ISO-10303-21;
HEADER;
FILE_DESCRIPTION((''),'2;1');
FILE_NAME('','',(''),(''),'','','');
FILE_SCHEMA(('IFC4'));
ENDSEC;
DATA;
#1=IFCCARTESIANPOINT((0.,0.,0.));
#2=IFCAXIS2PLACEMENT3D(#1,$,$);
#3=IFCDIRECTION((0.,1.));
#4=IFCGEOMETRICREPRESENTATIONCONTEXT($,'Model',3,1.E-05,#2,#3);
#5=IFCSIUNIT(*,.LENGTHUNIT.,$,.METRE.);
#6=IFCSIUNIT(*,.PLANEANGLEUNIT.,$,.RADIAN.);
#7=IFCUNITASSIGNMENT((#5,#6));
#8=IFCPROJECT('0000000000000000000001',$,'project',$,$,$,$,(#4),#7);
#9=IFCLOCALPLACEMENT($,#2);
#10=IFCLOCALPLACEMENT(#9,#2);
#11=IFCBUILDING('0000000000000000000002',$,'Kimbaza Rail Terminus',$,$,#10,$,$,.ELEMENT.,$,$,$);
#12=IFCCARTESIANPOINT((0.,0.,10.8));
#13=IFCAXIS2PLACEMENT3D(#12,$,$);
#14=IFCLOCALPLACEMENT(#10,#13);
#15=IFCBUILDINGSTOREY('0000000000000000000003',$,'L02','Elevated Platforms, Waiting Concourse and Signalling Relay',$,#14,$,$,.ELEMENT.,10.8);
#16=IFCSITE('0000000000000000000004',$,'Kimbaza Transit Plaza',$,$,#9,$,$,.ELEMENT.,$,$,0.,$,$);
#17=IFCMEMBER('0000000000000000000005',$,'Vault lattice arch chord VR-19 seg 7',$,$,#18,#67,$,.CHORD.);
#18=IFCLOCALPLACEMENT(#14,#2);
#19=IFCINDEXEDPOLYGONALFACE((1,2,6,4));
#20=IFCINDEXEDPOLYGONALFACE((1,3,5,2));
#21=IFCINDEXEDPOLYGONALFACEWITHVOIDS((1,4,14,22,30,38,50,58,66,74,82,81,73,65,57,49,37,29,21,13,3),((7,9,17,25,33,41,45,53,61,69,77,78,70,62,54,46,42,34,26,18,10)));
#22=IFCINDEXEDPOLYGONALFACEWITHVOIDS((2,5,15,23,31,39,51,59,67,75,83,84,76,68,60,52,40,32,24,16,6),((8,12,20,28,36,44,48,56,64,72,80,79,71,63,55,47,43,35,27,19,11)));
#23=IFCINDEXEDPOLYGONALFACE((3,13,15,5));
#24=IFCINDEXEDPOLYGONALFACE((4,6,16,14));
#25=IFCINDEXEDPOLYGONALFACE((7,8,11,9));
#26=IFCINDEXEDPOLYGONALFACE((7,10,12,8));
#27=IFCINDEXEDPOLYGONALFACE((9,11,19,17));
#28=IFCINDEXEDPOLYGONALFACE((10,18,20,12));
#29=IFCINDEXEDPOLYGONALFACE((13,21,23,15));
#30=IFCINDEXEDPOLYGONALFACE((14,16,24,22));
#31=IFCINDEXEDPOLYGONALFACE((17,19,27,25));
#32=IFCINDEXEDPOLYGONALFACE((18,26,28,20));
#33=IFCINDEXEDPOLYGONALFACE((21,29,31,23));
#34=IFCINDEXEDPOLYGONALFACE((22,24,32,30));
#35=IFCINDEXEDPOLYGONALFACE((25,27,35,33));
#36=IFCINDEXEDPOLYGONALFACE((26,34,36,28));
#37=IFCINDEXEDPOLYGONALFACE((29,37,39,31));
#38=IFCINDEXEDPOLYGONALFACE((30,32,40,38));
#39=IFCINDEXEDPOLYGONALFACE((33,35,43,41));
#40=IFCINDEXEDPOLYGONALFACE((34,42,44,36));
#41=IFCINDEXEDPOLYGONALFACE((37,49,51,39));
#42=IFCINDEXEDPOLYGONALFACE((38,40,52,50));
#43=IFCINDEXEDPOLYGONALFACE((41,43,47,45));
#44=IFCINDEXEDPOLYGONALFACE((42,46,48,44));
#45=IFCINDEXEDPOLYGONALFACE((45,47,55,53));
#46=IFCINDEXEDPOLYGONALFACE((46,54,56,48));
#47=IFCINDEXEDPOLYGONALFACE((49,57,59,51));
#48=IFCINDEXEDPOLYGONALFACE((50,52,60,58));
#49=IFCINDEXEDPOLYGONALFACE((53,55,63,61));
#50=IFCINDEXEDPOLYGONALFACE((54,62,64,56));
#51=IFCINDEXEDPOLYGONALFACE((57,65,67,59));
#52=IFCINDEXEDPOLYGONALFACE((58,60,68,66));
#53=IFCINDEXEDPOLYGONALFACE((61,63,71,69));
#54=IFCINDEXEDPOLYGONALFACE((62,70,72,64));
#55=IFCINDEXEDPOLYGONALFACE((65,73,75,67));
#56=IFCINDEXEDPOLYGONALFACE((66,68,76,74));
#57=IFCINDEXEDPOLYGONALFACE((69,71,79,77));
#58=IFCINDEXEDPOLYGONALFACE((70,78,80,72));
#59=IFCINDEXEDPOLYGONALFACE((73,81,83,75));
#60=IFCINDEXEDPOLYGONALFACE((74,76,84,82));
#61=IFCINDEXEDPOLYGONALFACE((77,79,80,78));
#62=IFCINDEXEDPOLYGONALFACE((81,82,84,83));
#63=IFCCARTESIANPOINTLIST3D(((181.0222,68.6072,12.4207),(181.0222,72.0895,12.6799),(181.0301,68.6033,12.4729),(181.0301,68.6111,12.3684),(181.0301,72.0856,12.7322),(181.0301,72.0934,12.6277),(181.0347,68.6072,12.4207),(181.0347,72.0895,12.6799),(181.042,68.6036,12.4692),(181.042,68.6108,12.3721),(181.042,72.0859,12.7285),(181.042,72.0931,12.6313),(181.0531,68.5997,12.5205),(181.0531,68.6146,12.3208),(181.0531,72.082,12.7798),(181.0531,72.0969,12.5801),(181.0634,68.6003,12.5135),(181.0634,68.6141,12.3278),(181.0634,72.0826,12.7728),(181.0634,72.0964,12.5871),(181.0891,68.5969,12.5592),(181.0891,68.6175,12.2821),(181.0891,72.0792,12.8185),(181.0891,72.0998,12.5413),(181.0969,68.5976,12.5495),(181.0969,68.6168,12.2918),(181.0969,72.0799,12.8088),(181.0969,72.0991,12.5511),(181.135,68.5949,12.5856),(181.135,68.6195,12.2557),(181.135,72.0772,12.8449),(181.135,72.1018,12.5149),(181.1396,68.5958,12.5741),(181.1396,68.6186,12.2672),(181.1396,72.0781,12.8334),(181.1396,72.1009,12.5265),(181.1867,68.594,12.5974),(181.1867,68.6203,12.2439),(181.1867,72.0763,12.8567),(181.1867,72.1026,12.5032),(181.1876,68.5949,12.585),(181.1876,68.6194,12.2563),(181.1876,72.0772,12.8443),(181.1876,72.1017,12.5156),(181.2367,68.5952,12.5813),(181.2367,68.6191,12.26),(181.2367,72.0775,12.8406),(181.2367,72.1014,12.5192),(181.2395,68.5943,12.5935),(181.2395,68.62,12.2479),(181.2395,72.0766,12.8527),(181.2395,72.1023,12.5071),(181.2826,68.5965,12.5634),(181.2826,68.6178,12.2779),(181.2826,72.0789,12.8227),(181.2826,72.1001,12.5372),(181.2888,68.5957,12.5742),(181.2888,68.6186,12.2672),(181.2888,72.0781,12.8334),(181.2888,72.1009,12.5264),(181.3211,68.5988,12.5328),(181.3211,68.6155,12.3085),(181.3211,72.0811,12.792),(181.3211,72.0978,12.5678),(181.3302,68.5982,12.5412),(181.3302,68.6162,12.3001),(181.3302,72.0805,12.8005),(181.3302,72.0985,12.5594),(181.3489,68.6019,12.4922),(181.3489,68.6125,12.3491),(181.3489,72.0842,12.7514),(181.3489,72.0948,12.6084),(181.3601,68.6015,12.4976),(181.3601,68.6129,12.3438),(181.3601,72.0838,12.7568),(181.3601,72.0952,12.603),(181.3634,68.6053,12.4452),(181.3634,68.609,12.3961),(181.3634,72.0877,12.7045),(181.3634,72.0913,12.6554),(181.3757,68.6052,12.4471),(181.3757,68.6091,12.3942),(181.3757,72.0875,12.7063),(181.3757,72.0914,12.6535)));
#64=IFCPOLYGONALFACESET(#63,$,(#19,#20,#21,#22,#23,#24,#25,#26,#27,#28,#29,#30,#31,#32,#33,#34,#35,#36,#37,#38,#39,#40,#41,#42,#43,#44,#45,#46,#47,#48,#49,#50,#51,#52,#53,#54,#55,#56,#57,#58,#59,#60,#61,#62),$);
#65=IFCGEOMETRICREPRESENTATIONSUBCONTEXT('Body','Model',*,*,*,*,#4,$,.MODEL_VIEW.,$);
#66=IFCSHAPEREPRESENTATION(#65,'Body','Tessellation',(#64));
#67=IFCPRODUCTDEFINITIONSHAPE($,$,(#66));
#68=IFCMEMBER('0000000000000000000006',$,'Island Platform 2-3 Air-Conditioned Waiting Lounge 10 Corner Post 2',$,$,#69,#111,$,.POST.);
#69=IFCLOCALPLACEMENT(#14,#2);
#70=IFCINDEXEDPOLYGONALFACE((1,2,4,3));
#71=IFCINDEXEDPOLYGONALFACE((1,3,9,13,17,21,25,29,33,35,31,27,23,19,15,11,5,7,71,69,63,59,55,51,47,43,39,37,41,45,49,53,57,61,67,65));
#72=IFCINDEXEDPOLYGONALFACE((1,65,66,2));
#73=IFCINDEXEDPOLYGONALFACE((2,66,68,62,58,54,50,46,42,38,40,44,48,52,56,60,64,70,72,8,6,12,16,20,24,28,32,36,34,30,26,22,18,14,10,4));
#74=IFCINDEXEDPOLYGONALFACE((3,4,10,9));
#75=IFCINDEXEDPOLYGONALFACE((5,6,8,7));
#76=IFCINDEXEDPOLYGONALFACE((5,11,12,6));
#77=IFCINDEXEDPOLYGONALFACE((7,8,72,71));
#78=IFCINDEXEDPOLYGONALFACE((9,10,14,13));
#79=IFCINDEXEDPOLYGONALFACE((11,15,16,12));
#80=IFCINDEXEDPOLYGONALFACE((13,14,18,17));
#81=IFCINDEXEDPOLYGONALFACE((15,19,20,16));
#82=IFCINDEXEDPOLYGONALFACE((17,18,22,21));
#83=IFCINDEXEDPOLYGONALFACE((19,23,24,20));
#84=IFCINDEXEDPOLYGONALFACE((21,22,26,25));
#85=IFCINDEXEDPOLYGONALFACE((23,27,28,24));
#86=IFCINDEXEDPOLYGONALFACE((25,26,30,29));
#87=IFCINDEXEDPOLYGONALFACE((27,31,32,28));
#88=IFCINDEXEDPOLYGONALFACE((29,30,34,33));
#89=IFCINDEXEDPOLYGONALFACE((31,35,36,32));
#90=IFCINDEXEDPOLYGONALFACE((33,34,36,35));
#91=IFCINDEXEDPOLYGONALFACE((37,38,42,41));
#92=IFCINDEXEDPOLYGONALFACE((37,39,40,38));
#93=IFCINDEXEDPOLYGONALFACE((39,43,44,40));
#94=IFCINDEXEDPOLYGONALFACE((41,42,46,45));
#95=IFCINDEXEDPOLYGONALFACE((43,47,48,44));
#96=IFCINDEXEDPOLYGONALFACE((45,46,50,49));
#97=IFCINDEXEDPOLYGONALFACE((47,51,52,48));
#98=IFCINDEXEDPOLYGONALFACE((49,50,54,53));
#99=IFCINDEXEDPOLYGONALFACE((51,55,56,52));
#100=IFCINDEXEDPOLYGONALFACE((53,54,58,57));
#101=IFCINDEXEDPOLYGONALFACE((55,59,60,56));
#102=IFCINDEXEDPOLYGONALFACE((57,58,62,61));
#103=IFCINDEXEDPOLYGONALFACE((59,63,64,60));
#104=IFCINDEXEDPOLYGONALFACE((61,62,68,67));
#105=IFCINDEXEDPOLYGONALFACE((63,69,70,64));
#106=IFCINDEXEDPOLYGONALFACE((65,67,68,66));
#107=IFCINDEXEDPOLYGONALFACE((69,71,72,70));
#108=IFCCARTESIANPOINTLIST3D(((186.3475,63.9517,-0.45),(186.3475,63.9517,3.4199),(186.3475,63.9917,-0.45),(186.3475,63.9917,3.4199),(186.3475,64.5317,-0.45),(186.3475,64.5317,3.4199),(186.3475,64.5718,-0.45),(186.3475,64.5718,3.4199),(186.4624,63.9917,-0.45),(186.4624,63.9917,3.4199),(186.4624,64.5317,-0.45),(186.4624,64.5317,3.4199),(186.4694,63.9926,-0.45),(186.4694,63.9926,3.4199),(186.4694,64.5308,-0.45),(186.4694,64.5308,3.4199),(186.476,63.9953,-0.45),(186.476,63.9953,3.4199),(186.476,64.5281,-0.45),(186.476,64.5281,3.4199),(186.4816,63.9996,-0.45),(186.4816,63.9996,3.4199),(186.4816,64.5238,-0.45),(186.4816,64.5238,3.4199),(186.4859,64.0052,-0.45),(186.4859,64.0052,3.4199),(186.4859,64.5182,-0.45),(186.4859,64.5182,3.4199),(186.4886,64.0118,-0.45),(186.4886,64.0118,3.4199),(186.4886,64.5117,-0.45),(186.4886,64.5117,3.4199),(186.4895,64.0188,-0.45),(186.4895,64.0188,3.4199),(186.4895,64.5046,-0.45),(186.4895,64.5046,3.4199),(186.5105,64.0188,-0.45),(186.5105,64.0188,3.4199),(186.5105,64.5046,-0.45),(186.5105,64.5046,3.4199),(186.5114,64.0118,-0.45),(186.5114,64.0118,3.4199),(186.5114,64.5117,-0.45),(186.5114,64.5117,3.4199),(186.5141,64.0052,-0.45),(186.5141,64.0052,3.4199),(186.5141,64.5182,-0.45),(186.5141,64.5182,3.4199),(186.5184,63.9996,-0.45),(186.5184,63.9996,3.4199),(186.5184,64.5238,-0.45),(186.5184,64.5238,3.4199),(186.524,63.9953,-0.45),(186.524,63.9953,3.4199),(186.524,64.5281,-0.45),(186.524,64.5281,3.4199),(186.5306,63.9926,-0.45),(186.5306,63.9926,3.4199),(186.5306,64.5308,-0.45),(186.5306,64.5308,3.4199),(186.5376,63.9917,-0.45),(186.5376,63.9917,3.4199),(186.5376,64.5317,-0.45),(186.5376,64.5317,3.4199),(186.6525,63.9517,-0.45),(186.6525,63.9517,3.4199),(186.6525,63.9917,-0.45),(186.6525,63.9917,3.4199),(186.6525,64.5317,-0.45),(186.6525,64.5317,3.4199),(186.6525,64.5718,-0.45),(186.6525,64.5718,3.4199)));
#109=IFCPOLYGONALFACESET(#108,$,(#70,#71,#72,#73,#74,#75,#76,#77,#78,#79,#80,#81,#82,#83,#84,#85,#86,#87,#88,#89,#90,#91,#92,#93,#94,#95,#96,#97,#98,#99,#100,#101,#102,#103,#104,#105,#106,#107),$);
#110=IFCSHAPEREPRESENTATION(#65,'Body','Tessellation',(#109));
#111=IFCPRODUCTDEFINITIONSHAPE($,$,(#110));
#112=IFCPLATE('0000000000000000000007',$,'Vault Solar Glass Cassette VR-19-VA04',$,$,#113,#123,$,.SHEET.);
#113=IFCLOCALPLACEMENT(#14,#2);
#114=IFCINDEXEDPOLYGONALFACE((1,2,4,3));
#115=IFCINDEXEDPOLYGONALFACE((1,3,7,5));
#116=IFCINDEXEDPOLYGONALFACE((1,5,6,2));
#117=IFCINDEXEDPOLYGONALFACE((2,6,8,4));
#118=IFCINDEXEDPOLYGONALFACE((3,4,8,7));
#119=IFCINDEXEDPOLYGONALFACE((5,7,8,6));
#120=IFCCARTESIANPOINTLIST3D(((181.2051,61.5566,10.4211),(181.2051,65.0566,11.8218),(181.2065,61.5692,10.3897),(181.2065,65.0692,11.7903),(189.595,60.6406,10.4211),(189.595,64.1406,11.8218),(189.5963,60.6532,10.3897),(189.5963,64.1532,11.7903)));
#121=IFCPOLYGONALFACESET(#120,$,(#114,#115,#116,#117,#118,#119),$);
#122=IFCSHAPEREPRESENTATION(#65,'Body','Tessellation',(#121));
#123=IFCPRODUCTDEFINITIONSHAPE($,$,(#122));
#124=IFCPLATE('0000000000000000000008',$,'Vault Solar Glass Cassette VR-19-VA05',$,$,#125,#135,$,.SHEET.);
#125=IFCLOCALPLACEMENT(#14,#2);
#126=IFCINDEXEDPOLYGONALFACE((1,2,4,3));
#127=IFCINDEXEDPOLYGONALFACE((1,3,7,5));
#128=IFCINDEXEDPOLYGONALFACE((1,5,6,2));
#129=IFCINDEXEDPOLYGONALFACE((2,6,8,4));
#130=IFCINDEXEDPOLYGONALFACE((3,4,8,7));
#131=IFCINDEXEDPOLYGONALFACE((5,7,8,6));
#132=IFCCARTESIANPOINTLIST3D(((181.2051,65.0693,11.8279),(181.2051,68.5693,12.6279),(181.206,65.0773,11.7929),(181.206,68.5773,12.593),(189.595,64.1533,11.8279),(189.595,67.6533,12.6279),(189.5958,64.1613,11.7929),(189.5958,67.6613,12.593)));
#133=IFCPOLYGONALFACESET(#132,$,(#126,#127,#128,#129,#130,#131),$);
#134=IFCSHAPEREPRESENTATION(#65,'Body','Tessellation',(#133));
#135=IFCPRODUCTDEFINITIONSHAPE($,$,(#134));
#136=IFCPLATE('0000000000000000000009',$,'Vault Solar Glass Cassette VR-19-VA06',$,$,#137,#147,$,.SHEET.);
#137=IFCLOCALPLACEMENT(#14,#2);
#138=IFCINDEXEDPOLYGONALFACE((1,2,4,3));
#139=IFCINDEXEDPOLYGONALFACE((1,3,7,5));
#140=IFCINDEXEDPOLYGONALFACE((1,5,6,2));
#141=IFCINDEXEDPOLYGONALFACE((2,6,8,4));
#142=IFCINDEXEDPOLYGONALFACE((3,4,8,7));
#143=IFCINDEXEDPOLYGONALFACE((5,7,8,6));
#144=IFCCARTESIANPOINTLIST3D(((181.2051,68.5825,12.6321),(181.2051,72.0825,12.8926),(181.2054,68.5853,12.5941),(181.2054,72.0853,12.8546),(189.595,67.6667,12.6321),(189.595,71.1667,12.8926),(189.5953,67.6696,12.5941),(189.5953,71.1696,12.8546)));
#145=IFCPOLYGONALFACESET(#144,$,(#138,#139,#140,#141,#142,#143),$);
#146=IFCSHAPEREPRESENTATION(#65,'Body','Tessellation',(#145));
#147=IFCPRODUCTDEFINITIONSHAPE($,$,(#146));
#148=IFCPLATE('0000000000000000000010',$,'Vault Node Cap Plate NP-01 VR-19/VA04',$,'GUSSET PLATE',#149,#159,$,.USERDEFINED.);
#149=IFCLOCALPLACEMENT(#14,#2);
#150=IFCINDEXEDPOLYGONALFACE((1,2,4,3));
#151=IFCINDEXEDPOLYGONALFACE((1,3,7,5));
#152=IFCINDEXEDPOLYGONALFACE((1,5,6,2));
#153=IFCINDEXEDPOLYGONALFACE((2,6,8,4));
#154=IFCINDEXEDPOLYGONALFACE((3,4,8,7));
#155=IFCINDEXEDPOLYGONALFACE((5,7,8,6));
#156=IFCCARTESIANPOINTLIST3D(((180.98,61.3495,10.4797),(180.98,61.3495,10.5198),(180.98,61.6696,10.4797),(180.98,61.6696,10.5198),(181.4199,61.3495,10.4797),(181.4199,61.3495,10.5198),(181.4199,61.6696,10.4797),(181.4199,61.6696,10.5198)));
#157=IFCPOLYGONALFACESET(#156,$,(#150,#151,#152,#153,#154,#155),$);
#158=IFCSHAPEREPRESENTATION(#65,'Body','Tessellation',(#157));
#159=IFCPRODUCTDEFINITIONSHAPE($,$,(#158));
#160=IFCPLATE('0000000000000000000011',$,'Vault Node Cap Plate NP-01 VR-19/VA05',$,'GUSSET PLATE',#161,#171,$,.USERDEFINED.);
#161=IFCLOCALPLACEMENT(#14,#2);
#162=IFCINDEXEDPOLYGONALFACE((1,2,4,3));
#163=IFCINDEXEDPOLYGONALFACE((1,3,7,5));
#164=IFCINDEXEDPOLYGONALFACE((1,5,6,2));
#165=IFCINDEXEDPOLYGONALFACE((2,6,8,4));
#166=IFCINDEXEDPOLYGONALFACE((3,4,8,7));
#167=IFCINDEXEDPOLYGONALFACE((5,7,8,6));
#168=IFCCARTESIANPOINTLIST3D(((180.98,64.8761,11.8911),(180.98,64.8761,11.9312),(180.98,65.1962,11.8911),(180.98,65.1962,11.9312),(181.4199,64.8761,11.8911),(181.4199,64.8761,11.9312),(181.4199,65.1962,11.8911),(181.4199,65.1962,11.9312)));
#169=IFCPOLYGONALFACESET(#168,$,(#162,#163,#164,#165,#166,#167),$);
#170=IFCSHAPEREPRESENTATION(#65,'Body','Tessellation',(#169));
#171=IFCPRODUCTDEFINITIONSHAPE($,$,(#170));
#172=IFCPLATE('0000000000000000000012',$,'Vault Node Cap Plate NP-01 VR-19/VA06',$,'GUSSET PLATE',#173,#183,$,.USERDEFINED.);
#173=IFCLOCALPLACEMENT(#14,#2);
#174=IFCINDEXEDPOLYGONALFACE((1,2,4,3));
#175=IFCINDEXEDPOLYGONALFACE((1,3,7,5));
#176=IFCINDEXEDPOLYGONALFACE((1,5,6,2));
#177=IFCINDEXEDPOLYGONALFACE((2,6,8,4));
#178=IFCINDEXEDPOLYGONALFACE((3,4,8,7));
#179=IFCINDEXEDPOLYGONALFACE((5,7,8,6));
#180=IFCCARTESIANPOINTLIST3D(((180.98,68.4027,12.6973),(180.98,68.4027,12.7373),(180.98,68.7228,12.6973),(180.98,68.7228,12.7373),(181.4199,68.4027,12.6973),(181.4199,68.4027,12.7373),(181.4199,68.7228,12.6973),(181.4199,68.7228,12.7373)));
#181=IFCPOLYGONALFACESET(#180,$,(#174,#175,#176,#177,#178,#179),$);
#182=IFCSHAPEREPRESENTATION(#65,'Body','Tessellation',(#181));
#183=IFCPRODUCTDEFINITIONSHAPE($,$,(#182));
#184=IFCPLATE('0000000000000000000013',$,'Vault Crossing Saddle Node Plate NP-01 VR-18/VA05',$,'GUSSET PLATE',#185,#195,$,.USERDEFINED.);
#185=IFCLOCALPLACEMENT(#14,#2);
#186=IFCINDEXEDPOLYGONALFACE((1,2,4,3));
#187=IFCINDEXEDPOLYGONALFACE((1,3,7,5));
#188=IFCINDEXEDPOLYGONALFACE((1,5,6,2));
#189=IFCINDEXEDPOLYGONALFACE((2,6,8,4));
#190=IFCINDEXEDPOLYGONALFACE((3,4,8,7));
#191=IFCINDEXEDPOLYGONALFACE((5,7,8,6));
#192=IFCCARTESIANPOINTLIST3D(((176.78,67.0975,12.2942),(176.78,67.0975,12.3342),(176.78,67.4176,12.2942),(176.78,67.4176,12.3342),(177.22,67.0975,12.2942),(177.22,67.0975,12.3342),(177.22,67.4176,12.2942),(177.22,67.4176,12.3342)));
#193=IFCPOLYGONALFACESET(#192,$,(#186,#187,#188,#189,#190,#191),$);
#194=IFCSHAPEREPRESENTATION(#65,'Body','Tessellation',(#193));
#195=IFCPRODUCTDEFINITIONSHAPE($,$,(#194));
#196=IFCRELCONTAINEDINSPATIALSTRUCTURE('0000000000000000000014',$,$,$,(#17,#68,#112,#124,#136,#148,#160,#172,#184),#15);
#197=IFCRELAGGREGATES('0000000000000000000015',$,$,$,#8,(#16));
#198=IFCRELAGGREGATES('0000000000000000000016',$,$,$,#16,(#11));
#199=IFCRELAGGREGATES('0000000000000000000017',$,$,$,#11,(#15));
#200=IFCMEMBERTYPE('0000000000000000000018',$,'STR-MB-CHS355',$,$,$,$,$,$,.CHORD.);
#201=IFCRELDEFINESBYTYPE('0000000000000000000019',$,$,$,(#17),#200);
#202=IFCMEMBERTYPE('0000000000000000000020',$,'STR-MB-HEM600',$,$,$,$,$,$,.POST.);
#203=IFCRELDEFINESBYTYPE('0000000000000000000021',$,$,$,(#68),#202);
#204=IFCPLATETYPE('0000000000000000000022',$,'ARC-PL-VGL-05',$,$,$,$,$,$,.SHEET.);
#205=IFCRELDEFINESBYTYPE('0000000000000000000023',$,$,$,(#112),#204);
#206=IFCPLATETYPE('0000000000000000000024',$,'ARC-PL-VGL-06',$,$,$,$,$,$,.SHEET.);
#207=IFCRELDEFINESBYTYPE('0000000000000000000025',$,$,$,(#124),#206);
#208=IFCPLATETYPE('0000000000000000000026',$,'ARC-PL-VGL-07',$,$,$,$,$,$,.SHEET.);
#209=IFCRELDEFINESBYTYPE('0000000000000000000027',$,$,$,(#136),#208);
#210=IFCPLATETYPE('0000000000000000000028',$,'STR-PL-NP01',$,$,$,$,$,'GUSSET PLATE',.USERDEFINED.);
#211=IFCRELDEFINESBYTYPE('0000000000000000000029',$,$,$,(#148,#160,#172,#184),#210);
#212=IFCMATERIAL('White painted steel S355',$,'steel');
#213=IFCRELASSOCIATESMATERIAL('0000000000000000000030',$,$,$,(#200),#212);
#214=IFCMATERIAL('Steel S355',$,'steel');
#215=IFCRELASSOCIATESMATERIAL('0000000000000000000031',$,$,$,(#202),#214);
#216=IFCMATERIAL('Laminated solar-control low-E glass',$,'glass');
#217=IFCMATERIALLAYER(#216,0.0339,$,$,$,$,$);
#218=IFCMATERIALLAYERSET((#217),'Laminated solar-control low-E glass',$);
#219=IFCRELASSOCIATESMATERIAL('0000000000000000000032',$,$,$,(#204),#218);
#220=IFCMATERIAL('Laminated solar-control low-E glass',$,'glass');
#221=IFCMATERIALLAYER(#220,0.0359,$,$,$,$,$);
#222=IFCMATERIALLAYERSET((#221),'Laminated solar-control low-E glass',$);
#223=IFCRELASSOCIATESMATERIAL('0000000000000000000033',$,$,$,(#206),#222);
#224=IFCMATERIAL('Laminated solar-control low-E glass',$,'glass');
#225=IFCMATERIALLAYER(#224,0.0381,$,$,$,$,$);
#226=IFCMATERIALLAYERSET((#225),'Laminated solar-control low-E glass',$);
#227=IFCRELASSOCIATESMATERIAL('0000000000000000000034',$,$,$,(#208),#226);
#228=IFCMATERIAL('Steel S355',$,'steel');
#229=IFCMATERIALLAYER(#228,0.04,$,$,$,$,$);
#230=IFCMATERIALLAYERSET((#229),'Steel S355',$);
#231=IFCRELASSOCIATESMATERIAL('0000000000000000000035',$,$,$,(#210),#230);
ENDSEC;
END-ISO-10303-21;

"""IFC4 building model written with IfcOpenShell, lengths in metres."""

from ifc_helpers import new_model, si_unit, direction, frame, origin, origin_2d, place, context, subcontext, project, spatial, polyline, rectangle, hollow_circle, i_section, outline, extrude, material, layer, layer_set, material_profile, profile_set, type_object, element, save


model = new_model("IFC4")

# Units and contexts
model_context = context("Model", 3, precision=1e-05, world=origin(), true_north=direction((0.0, 1.0)))
body_context = subcontext(model_context, "Body", "Model", "MODEL_VIEW")
ifc_project = project(units=[si_unit("LENGTHUNIT", "METRE"), si_unit("PLANEANGLEUNIT", "RADIAN")], contexts=[model_context])

# Site, building, storey
site_placement = place(None, origin())
site = spatial("IfcSite", under=ifc_project, at=site_placement, Name="Kimbaza Transit Plaza", CompositionType="ELEMENT", RefElevation=0.0)
building_placement = place(site_placement, origin())
building = spatial("IfcBuilding", under=site, at=building_placement, Name="Kimbaza Rail Terminus", CompositionType="ELEMENT")
storey_placement = place(building_placement, frame((0.0, 0.0, 10.8)))
storey = spatial("IfcBuildingStorey", under=building, at=storey_placement, Name="L02", Description="Elevated Platforms, Waiting Concourse and Signalling Relay", CompositionType="ELEMENT", Elevation=10.8)

# Members
ifc_material_1 = material(Name="White painted steel S355", Category="steel")
ifc_material_profile_1 = material_profile(ifc_material_1, hollow_circle(Radius=0.1777, WallThickness=0.0125, at=origin_2d()), Name="CHS 355.6x12.5")
ifc_profile_set_1 = profile_set([ifc_material_profile_1], Name="White painted steel S355")
member_type_1 = type_object("IfcMemberType", Name="STR-MB-CHS355", PredefinedType="CHORD", material=ifc_profile_set_1)
member_1_placement = place(storey_placement, frame((181.2, 68.6072, 12.4207), z_axis=(0.0, 0.99724, 0.074248), x_axis=(-1.0, 0.0, 0.0)))
element("IfcMember", 1, at=member_1_placement, inside=storey, type_object=member_type_1, Name="Vault lattice arch chord VR-19 seg 7", PredefinedType="CHORD", context=body_context, shape_type="SweptSolid", body=[
    extrude(hollow_circle(Radius=0.1777, WallThickness=0.0125, at=origin_2d()), origin(), (0.0, 0.0, 1.0), 3.4919),
])
ifc_material_2 = material(Name="Steel S355", Category="steel")
ifc_material_profile_2 = material_profile(ifc_material_2, i_section(OverallWidth=0.3049, OverallDepth=0.6201, WebThickness=0.021, FlangeThickness=0.04, FilletRadius=0.0271, at=origin_2d()), Name="HEM 600")
ifc_profile_set_2 = profile_set([ifc_material_profile_2], Name="Steel S355")
member_type_2 = type_object("IfcMemberType", Name="STR-MB-HEM600", PredefinedType="POST", material=ifc_profile_set_2)
member_2_placement = place(storey_placement, frame((186.5, 64.2617, -0.45), z_axis=(0.0, 0.0, 1.0), x_axis=(1.0, 0.0, 0.0)))
element("IfcMember", 2, at=member_2_placement, inside=storey, type_object=member_type_2, Name="Island Platform 2-3 Air-Conditioned Waiting Lounge 10 Corner Post 2", PredefinedType="POST", context=body_context, shape_type="SweptSolid", body=[
    extrude(i_section(OverallWidth=0.3049, OverallDepth=0.6201, WebThickness=0.021, FlangeThickness=0.04, FilletRadius=0.0271, at=origin_2d()), origin(), (0.0, 0.0, 1.0), 3.8699),
])

# Plates
ifc_material_3 = material(Name="Laminated solar-control low-E glass", Category="glass")
ifc_layer_1 = layer(ifc_material_3, 0.0339)
ifc_layer_set_1 = layer_set([ifc_layer_1], Name="Laminated solar-control low-E glass")
plate_type_1 = type_object("IfcPlateType", Name="ARC-PL-VGL-05", PredefinedType="SHEET", material=ifc_layer_set_1)
plate_1_placement = place(storey_placement, frame((181.2051, 61.5566, 10.4211), z_axis=(-0.040531, -0.371231, 0.927656), x_axis=(0.994093, -0.108536, 0.0)))
element("IfcPlate", 3, at=plate_1_placement, inside=storey, type_object=plate_type_1, Name="Vault Solar Glass Cassette VR-19-VA04", PredefinedType="SHEET", context=body_context, shape_type="SweptSolid", body=[
    extrude(outline(polyline([(0.0, 0.0), (8.4398, 0.0), (8.0599, 3.7507), (-0.3799, 3.7507), (0.0, 0.0)])), origin(), (0.0, 0.0, -1.0), 0.0339),
])
ifc_material_4 = material(Name="Laminated solar-control low-E glass", Category="glass")
ifc_layer_2 = layer(ifc_material_4, 0.0359)
ifc_layer_set_2 = layer_set([ifc_layer_2], Name="Laminated solar-control low-E glass")
plate_type_2 = type_object("IfcPlateType", Name="ARC-PL-VGL-06", PredefinedType="SHEET", material=ifc_layer_set_2)
plate_2_placement = place(storey_placement, frame((181.2051, 65.0693, 11.8279), z_axis=(-0.024322, -0.222772, 0.974567), x_axis=(0.994093, -0.108536, 0.0)))
element("IfcPlate", 4, at=plate_2_placement, inside=storey, type_object=plate_type_2, Name="Vault Solar Glass Cassette VR-19-VA05", PredefinedType="SHEET", context=body_context, shape_type="SweptSolid", body=[
    extrude(outline(polyline([(0.0, 0.0), (8.4398, 0.0), (8.0599, 3.5701), (-0.3799, 3.5701), (0.0, 0.0)])), origin(), (0.0, 0.0, -1.0), 0.0359),
])
ifc_material_5 = material(Name="Laminated solar-control low-E glass", Category="glass")
ifc_layer_3 = layer(ifc_material_5, 0.0381)
ifc_layer_set_3 = layer_set([ifc_layer_3], Name="Laminated solar-control low-E glass")
plate_type_3 = type_object("IfcPlateType", Name="ARC-PL-VGL-07", PredefinedType="SHEET", material=ifc_layer_set_3)
plate_3_placement = place(storey_placement, frame((181.2051, 68.5825, 12.6321), z_axis=(-0.008101, -0.07422, 0.997209), x_axis=(0.994096, -0.108507, 0.0)))
element("IfcPlate", 5, at=plate_3_placement, inside=storey, type_object=plate_type_3, Name="Vault Solar Glass Cassette VR-19-VA06", PredefinedType="SHEET", context=body_context, shape_type="SweptSolid", body=[
    extrude(outline(polyline([(0.0, 0.0), (8.4397, 0.0), (8.0599, 3.4891), (-0.3798, 3.4891), (0.0, 0.0)])), origin(), (0.0, 0.0, -1.0), 0.0381),
])
ifc_material_6 = material(Name="Steel S355", Category="steel")
ifc_layer_4 = layer(ifc_material_6, 0.04)
ifc_layer_set_4 = layer_set([ifc_layer_4], Name="Steel S355")
plate_type_4 = type_object("IfcPlateType", Name="STR-PL-NP01", ElementType="GUSSET PLATE", PredefinedType="USERDEFINED", material=ifc_layer_set_4)
for number, where, z_axis, x_axis, name in (
    (6, (181.2, 61.5095, 10.4797), (0.0, 0.0, 1.0), (1.0, 0.0, 0.0), "Vault Node Cap Plate NP-01 VR-19/VA04"),
    (7, (181.2, 65.0361, 11.8911), (0.0, 0.0, 1.0), (1.0, 0.0, 0.0), "Vault Node Cap Plate NP-01 VR-19/VA05"),
    (8, (181.2, 68.5627, 12.6973), (0.0, 0.0, 1.0), (1.0, 0.0, 0.0), "Vault Node Cap Plate NP-01 VR-19/VA06"),
    (9, (177.0, 67.2576, 12.2942), (0.0, 0.0, 1.0), (1.0, 0.0, 0.0), "Vault Crossing Saddle Node Plate NP-01 VR-18/VA05"),
):
    element("IfcPlate", number, at=place(storey_placement, frame(where, z_axis=z_axis, x_axis=x_axis)), inside=storey, type_object=plate_type_4, Name=name, ObjectType="GUSSET PLATE", PredefinedType="USERDEFINED", context=body_context, shape_type="SweptSolid", body=[
        extrude(rectangle(XDim=0.4399, YDim=0.3201, at=origin_2d()), origin(), (0.0, 0.0, 1.0), 0.04),
    ])

save(model, "model.ifc")
